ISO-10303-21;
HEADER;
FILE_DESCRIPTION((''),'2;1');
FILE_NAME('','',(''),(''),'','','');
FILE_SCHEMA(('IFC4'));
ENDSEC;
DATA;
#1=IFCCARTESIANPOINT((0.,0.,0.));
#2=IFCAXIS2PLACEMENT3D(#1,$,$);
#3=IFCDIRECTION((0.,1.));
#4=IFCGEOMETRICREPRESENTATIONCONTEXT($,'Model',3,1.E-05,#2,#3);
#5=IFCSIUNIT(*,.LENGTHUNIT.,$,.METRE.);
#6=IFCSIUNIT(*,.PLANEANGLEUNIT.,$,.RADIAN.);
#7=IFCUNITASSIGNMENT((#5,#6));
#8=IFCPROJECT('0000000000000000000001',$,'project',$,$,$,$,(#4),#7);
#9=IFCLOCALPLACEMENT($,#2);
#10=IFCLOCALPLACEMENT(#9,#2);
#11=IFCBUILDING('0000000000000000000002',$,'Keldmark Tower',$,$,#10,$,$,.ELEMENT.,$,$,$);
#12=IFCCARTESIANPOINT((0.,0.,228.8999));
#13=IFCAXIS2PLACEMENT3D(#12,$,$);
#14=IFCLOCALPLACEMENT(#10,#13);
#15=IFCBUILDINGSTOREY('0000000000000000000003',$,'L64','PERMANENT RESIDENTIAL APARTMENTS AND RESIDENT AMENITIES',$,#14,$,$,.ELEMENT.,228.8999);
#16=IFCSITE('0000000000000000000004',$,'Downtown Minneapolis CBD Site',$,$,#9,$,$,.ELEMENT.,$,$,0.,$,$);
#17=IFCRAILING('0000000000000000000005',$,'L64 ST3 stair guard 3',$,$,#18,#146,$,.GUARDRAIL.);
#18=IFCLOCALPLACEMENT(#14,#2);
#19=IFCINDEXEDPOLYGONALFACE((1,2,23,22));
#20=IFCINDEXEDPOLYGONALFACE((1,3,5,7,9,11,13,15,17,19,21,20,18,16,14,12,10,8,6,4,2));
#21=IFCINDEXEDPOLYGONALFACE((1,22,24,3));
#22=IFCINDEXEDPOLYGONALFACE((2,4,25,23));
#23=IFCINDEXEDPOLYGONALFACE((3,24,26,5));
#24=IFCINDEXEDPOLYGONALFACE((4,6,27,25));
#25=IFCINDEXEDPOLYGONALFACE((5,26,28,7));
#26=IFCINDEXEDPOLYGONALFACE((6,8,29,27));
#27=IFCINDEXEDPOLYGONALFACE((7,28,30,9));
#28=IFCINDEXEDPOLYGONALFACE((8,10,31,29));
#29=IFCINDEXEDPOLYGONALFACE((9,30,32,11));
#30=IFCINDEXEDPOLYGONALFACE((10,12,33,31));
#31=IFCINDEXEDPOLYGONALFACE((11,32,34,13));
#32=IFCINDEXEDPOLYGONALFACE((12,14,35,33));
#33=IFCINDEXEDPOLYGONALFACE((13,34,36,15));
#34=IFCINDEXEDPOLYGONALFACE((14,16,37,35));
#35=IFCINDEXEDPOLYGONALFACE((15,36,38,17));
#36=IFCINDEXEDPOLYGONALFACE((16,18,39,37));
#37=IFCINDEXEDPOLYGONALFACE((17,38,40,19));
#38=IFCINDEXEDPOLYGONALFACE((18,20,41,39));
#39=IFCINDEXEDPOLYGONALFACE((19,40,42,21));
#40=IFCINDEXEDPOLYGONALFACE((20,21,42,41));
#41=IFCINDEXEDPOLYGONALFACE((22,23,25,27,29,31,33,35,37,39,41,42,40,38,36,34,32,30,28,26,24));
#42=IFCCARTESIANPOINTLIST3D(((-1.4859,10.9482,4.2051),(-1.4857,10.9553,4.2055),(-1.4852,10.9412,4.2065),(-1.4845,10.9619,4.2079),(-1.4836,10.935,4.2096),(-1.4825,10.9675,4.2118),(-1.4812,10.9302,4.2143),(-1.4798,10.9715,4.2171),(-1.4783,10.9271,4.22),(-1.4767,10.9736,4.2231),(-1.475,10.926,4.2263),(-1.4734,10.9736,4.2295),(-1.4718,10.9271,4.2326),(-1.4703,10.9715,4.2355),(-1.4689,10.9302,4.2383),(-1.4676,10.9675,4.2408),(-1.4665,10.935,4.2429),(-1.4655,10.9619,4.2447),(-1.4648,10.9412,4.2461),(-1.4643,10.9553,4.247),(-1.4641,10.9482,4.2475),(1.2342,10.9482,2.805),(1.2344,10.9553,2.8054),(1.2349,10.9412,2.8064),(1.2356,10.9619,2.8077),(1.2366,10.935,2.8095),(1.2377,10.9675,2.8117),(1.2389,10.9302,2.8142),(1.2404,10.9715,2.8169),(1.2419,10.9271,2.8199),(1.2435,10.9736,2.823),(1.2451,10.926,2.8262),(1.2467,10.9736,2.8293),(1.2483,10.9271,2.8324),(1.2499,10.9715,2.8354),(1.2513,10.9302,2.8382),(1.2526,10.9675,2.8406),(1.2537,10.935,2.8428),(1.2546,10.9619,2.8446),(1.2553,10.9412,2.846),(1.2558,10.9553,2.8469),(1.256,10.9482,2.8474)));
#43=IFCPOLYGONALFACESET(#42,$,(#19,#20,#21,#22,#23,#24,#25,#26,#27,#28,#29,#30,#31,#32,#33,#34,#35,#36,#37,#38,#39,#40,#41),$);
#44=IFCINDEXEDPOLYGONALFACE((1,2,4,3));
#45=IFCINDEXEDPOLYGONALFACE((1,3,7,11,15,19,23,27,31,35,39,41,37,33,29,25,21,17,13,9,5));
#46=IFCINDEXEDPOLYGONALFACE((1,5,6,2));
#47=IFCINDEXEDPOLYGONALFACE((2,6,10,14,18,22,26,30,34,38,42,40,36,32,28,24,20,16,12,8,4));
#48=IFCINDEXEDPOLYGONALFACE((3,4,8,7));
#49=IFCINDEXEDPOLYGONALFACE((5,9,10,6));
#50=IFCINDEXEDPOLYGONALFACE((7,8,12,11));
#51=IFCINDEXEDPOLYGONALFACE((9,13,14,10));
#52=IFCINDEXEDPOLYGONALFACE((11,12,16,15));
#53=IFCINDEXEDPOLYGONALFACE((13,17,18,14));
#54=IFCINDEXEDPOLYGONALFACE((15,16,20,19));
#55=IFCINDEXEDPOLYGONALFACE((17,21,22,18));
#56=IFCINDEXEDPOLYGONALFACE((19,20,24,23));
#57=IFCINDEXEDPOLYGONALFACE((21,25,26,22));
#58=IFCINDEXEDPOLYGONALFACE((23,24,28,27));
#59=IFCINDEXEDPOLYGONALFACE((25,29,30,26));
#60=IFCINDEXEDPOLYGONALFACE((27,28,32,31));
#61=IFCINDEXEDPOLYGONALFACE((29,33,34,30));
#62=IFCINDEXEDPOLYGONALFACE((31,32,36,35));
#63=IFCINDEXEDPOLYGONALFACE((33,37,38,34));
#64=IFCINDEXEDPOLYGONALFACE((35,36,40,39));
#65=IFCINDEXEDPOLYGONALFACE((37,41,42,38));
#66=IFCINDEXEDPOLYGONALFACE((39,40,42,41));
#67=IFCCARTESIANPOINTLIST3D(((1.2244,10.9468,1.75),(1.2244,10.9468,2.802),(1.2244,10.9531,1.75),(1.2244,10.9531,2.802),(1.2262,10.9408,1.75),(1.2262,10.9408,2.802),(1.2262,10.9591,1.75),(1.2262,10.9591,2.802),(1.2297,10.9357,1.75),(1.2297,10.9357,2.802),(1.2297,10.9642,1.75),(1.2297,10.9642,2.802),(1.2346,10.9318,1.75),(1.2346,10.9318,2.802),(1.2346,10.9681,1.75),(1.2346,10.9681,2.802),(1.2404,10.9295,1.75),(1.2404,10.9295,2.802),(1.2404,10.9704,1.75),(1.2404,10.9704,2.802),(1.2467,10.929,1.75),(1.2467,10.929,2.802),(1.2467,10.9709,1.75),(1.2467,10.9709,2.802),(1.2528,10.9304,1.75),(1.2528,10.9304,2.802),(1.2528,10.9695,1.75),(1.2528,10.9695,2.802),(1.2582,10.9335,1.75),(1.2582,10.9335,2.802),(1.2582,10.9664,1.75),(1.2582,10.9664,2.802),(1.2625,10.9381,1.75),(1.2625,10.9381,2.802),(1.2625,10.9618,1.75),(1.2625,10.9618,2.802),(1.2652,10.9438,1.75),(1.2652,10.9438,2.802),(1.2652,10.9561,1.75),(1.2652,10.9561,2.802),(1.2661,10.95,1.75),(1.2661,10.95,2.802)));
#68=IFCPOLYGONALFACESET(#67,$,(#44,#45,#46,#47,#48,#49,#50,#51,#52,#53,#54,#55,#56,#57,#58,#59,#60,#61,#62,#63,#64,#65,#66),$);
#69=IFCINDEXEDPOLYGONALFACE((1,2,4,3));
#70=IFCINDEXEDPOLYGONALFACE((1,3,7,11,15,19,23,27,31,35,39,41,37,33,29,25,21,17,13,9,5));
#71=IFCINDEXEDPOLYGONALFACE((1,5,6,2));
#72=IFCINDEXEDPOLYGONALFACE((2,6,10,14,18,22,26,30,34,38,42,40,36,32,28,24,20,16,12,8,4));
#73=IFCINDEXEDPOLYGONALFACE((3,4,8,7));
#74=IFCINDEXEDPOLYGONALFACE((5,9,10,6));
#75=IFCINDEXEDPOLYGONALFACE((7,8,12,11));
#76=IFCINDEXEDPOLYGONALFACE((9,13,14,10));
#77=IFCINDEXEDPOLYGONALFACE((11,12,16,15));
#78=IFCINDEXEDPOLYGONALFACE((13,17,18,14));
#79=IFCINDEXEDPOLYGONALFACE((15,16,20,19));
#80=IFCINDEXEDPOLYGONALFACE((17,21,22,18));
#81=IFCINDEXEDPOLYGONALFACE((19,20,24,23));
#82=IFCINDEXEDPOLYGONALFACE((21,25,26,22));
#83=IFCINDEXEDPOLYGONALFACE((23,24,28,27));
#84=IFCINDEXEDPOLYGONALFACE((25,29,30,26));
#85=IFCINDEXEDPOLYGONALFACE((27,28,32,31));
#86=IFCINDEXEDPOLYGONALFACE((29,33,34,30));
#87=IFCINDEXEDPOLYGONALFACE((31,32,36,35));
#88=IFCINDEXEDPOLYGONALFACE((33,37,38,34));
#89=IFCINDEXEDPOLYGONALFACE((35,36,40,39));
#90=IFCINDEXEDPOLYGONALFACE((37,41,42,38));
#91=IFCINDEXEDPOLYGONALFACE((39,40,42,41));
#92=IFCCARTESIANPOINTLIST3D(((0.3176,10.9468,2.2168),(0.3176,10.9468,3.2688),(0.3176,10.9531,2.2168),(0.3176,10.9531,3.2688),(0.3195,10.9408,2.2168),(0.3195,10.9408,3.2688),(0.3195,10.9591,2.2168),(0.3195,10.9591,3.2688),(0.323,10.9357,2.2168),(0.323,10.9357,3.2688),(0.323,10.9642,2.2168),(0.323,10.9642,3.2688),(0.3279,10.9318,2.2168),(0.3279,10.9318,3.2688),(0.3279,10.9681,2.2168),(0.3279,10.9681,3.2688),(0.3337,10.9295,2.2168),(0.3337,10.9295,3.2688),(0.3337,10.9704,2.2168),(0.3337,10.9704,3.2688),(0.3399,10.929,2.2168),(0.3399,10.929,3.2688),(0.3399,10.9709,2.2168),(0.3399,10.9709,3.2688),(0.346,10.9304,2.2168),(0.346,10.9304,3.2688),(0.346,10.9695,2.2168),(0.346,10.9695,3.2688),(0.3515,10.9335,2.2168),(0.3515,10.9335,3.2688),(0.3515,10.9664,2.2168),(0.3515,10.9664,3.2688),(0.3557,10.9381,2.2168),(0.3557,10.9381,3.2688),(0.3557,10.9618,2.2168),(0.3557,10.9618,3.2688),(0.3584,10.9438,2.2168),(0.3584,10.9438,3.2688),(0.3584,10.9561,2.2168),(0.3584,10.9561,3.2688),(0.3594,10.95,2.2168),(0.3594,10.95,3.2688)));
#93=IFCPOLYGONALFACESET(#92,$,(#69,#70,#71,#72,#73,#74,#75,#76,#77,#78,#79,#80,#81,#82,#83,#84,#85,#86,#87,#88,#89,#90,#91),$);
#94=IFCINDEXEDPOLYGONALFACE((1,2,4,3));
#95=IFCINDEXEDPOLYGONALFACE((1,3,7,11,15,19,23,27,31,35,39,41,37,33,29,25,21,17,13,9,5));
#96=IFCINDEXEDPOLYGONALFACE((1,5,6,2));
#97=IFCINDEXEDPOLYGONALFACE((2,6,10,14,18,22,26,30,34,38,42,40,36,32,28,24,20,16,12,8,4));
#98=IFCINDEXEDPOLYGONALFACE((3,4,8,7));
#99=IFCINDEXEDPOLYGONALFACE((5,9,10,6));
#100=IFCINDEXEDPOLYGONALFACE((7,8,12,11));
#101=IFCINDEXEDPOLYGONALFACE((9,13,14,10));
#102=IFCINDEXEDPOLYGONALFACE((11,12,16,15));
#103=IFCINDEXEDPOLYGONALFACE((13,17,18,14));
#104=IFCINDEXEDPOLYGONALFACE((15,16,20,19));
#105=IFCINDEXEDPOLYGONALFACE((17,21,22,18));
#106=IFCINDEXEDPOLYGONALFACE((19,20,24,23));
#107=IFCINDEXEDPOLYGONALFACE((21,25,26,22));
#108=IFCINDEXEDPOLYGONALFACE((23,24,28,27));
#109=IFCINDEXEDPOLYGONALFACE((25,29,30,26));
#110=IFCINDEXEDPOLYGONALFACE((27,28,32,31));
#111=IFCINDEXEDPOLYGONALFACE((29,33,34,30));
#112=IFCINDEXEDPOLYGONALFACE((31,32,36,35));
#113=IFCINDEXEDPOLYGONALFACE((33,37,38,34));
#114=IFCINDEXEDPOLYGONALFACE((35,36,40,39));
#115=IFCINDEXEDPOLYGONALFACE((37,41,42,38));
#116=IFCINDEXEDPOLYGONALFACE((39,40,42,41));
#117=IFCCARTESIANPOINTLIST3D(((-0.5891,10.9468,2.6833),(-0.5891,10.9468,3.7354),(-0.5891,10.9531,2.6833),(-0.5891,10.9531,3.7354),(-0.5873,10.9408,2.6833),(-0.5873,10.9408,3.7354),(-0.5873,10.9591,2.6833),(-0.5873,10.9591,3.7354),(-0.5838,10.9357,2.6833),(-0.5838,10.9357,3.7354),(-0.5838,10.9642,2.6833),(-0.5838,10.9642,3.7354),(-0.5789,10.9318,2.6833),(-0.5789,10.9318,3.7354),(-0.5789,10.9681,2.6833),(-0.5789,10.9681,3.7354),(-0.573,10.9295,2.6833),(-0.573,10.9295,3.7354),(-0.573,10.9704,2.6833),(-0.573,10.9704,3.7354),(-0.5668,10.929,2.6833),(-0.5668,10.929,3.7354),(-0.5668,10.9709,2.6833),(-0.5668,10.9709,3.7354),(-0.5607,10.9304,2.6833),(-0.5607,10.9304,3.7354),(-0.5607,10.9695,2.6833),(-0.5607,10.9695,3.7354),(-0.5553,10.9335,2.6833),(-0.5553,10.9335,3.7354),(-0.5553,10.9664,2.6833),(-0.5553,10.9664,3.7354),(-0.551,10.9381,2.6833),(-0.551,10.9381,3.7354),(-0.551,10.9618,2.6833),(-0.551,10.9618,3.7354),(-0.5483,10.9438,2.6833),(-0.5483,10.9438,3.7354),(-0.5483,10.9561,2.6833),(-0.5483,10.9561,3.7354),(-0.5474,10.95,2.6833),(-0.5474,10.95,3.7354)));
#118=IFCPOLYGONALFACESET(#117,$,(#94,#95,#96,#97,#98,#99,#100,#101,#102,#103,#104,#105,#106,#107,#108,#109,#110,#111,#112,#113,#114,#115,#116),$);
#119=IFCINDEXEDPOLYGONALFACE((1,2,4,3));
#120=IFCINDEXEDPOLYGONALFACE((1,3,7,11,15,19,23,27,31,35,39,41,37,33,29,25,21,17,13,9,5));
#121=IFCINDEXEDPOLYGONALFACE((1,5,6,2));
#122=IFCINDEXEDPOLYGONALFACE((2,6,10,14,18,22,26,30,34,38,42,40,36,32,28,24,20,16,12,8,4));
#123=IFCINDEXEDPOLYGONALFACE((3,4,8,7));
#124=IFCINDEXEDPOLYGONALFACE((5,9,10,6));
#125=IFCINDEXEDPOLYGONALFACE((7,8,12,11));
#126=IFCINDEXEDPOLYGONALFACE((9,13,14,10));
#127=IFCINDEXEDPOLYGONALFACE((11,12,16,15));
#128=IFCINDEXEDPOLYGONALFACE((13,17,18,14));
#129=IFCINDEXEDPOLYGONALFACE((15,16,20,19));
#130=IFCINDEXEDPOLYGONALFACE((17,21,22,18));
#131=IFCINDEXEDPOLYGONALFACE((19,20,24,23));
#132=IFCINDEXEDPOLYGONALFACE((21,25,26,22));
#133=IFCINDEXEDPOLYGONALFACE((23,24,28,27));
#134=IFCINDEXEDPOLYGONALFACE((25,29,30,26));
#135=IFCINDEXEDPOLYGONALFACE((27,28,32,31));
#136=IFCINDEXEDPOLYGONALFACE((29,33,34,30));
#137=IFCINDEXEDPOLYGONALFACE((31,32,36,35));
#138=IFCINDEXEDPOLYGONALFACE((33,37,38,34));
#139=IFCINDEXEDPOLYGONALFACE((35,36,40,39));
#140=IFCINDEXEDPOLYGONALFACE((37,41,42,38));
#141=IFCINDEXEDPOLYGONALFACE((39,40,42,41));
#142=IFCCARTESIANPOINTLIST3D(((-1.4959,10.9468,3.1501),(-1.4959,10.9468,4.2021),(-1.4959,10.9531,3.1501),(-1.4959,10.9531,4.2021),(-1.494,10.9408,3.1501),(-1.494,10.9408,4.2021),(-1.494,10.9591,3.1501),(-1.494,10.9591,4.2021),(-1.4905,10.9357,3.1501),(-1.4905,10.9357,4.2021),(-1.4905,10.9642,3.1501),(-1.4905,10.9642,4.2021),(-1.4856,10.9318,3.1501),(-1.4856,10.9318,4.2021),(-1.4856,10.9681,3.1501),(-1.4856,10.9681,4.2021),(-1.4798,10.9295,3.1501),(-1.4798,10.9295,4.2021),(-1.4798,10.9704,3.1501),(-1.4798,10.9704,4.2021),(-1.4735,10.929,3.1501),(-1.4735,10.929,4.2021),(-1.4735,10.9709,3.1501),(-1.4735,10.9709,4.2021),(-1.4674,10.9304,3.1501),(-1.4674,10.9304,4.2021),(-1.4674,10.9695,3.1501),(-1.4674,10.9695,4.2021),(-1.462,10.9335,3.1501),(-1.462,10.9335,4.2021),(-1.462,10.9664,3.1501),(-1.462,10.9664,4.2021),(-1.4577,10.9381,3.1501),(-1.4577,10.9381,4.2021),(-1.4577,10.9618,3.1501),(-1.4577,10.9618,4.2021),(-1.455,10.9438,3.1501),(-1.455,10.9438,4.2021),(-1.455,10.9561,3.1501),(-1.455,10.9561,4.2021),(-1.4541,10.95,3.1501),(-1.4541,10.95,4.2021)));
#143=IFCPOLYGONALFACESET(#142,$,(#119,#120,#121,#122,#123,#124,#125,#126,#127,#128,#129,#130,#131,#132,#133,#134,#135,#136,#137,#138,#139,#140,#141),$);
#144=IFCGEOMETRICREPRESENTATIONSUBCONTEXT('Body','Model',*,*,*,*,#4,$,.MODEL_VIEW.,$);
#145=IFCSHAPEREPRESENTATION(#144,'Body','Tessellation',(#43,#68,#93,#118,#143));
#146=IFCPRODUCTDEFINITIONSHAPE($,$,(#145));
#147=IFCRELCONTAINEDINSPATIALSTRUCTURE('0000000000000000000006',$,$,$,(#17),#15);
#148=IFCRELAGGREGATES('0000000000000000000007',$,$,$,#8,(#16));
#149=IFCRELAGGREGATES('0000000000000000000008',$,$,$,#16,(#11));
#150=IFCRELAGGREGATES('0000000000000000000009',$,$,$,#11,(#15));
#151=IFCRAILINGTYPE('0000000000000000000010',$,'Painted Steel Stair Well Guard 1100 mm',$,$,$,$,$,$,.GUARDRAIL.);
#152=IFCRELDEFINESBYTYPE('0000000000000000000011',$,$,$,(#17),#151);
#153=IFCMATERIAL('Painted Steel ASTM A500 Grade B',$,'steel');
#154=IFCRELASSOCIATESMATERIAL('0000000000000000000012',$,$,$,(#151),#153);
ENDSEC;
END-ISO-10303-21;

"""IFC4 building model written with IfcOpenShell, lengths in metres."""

from ifc_helpers import new_model, si_unit, direction, frame, origin, origin_2d, place, context, subcontext, project, spatial, circle, extrude, material, type_object, element, save


model = new_model("IFC4")

# Units and contexts
model_context = context("Model", 3, precision=1e-05, world=origin(), true_north=direction((0.0, 1.0)))
body_context = subcontext(model_context, "Body", "Model", "MODEL_VIEW")
ifc_project = project(units=[si_unit("LENGTHUNIT", "METRE"), si_unit("PLANEANGLEUNIT", "RADIAN")], contexts=[model_context])

# Site, building, storey
site_placement = place(None, origin())
site = spatial("IfcSite", under=ifc_project, at=site_placement, Name="Downtown Minneapolis CBD Site", CompositionType="ELEMENT", RefElevation=0.0)
building_placement = place(site_placement, origin())
building = spatial("IfcBuilding", under=site, at=building_placement, Name="Keldmark Tower", CompositionType="ELEMENT")
storey_placement = place(building_placement, frame((0.0, 0.0, 228.8999)))
storey = spatial("IfcBuildingStorey", under=building, at=storey_placement, Name="L64", Description="PERMANENT RESIDENTIAL APARTMENTS AND RESIDENT AMENITIES", CompositionType="ELEMENT", Elevation=228.8999)

# Railing
ifc_material_1 = material(Name="Painted Steel ASTM A500 Grade B", Category="steel")
railing_type_1 = type_object("IfcRailingType", Name="Painted Steel Stair Well Guard 1100 mm", PredefinedType="GUARDRAIL", material=ifc_material_1)
railing_1_placement = place(storey_placement, frame((1.2451, 10.95, 1.75)))
element("IfcRailing", 1, at=railing_1_placement, inside=storey, type_object=railing_type_1, Name="L64 ST3 stair guard 3", PredefinedType="GUARDRAIL", context=body_context, shape_type="SweptSolid", body=[
    extrude(circle(Radius=0.0239, at=origin_2d()), frame((0.0, 0.0, 1.0762), z_axis=(-0.889131, 0.0, 0.457653), x_axis=(0.0, -1.0, 0.0)), (0.0, 0.0, 1.0), 3.0593),
    extrude(circle(Radius=0.021, at=origin_2d()), origin(), (0.0, 0.0, 1.0), 1.052),
    extrude(circle(Radius=0.021, at=origin_2d()), frame((-0.9067, 0.0, 0.4668)), (0.0, 0.0, 1.0), 1.052),
    extrude(circle(Radius=0.021, at=origin_2d()), frame((-1.8135, 0.0, 0.9333)), (0.0, 0.0, 1.0), 1.052),
    extrude(circle(Radius=0.021, at=origin_2d()), frame((-2.7202, 0.0, 1.4001)), (0.0, 0.0, 1.0), 1.052),
])

save(model, "model.ifc")
